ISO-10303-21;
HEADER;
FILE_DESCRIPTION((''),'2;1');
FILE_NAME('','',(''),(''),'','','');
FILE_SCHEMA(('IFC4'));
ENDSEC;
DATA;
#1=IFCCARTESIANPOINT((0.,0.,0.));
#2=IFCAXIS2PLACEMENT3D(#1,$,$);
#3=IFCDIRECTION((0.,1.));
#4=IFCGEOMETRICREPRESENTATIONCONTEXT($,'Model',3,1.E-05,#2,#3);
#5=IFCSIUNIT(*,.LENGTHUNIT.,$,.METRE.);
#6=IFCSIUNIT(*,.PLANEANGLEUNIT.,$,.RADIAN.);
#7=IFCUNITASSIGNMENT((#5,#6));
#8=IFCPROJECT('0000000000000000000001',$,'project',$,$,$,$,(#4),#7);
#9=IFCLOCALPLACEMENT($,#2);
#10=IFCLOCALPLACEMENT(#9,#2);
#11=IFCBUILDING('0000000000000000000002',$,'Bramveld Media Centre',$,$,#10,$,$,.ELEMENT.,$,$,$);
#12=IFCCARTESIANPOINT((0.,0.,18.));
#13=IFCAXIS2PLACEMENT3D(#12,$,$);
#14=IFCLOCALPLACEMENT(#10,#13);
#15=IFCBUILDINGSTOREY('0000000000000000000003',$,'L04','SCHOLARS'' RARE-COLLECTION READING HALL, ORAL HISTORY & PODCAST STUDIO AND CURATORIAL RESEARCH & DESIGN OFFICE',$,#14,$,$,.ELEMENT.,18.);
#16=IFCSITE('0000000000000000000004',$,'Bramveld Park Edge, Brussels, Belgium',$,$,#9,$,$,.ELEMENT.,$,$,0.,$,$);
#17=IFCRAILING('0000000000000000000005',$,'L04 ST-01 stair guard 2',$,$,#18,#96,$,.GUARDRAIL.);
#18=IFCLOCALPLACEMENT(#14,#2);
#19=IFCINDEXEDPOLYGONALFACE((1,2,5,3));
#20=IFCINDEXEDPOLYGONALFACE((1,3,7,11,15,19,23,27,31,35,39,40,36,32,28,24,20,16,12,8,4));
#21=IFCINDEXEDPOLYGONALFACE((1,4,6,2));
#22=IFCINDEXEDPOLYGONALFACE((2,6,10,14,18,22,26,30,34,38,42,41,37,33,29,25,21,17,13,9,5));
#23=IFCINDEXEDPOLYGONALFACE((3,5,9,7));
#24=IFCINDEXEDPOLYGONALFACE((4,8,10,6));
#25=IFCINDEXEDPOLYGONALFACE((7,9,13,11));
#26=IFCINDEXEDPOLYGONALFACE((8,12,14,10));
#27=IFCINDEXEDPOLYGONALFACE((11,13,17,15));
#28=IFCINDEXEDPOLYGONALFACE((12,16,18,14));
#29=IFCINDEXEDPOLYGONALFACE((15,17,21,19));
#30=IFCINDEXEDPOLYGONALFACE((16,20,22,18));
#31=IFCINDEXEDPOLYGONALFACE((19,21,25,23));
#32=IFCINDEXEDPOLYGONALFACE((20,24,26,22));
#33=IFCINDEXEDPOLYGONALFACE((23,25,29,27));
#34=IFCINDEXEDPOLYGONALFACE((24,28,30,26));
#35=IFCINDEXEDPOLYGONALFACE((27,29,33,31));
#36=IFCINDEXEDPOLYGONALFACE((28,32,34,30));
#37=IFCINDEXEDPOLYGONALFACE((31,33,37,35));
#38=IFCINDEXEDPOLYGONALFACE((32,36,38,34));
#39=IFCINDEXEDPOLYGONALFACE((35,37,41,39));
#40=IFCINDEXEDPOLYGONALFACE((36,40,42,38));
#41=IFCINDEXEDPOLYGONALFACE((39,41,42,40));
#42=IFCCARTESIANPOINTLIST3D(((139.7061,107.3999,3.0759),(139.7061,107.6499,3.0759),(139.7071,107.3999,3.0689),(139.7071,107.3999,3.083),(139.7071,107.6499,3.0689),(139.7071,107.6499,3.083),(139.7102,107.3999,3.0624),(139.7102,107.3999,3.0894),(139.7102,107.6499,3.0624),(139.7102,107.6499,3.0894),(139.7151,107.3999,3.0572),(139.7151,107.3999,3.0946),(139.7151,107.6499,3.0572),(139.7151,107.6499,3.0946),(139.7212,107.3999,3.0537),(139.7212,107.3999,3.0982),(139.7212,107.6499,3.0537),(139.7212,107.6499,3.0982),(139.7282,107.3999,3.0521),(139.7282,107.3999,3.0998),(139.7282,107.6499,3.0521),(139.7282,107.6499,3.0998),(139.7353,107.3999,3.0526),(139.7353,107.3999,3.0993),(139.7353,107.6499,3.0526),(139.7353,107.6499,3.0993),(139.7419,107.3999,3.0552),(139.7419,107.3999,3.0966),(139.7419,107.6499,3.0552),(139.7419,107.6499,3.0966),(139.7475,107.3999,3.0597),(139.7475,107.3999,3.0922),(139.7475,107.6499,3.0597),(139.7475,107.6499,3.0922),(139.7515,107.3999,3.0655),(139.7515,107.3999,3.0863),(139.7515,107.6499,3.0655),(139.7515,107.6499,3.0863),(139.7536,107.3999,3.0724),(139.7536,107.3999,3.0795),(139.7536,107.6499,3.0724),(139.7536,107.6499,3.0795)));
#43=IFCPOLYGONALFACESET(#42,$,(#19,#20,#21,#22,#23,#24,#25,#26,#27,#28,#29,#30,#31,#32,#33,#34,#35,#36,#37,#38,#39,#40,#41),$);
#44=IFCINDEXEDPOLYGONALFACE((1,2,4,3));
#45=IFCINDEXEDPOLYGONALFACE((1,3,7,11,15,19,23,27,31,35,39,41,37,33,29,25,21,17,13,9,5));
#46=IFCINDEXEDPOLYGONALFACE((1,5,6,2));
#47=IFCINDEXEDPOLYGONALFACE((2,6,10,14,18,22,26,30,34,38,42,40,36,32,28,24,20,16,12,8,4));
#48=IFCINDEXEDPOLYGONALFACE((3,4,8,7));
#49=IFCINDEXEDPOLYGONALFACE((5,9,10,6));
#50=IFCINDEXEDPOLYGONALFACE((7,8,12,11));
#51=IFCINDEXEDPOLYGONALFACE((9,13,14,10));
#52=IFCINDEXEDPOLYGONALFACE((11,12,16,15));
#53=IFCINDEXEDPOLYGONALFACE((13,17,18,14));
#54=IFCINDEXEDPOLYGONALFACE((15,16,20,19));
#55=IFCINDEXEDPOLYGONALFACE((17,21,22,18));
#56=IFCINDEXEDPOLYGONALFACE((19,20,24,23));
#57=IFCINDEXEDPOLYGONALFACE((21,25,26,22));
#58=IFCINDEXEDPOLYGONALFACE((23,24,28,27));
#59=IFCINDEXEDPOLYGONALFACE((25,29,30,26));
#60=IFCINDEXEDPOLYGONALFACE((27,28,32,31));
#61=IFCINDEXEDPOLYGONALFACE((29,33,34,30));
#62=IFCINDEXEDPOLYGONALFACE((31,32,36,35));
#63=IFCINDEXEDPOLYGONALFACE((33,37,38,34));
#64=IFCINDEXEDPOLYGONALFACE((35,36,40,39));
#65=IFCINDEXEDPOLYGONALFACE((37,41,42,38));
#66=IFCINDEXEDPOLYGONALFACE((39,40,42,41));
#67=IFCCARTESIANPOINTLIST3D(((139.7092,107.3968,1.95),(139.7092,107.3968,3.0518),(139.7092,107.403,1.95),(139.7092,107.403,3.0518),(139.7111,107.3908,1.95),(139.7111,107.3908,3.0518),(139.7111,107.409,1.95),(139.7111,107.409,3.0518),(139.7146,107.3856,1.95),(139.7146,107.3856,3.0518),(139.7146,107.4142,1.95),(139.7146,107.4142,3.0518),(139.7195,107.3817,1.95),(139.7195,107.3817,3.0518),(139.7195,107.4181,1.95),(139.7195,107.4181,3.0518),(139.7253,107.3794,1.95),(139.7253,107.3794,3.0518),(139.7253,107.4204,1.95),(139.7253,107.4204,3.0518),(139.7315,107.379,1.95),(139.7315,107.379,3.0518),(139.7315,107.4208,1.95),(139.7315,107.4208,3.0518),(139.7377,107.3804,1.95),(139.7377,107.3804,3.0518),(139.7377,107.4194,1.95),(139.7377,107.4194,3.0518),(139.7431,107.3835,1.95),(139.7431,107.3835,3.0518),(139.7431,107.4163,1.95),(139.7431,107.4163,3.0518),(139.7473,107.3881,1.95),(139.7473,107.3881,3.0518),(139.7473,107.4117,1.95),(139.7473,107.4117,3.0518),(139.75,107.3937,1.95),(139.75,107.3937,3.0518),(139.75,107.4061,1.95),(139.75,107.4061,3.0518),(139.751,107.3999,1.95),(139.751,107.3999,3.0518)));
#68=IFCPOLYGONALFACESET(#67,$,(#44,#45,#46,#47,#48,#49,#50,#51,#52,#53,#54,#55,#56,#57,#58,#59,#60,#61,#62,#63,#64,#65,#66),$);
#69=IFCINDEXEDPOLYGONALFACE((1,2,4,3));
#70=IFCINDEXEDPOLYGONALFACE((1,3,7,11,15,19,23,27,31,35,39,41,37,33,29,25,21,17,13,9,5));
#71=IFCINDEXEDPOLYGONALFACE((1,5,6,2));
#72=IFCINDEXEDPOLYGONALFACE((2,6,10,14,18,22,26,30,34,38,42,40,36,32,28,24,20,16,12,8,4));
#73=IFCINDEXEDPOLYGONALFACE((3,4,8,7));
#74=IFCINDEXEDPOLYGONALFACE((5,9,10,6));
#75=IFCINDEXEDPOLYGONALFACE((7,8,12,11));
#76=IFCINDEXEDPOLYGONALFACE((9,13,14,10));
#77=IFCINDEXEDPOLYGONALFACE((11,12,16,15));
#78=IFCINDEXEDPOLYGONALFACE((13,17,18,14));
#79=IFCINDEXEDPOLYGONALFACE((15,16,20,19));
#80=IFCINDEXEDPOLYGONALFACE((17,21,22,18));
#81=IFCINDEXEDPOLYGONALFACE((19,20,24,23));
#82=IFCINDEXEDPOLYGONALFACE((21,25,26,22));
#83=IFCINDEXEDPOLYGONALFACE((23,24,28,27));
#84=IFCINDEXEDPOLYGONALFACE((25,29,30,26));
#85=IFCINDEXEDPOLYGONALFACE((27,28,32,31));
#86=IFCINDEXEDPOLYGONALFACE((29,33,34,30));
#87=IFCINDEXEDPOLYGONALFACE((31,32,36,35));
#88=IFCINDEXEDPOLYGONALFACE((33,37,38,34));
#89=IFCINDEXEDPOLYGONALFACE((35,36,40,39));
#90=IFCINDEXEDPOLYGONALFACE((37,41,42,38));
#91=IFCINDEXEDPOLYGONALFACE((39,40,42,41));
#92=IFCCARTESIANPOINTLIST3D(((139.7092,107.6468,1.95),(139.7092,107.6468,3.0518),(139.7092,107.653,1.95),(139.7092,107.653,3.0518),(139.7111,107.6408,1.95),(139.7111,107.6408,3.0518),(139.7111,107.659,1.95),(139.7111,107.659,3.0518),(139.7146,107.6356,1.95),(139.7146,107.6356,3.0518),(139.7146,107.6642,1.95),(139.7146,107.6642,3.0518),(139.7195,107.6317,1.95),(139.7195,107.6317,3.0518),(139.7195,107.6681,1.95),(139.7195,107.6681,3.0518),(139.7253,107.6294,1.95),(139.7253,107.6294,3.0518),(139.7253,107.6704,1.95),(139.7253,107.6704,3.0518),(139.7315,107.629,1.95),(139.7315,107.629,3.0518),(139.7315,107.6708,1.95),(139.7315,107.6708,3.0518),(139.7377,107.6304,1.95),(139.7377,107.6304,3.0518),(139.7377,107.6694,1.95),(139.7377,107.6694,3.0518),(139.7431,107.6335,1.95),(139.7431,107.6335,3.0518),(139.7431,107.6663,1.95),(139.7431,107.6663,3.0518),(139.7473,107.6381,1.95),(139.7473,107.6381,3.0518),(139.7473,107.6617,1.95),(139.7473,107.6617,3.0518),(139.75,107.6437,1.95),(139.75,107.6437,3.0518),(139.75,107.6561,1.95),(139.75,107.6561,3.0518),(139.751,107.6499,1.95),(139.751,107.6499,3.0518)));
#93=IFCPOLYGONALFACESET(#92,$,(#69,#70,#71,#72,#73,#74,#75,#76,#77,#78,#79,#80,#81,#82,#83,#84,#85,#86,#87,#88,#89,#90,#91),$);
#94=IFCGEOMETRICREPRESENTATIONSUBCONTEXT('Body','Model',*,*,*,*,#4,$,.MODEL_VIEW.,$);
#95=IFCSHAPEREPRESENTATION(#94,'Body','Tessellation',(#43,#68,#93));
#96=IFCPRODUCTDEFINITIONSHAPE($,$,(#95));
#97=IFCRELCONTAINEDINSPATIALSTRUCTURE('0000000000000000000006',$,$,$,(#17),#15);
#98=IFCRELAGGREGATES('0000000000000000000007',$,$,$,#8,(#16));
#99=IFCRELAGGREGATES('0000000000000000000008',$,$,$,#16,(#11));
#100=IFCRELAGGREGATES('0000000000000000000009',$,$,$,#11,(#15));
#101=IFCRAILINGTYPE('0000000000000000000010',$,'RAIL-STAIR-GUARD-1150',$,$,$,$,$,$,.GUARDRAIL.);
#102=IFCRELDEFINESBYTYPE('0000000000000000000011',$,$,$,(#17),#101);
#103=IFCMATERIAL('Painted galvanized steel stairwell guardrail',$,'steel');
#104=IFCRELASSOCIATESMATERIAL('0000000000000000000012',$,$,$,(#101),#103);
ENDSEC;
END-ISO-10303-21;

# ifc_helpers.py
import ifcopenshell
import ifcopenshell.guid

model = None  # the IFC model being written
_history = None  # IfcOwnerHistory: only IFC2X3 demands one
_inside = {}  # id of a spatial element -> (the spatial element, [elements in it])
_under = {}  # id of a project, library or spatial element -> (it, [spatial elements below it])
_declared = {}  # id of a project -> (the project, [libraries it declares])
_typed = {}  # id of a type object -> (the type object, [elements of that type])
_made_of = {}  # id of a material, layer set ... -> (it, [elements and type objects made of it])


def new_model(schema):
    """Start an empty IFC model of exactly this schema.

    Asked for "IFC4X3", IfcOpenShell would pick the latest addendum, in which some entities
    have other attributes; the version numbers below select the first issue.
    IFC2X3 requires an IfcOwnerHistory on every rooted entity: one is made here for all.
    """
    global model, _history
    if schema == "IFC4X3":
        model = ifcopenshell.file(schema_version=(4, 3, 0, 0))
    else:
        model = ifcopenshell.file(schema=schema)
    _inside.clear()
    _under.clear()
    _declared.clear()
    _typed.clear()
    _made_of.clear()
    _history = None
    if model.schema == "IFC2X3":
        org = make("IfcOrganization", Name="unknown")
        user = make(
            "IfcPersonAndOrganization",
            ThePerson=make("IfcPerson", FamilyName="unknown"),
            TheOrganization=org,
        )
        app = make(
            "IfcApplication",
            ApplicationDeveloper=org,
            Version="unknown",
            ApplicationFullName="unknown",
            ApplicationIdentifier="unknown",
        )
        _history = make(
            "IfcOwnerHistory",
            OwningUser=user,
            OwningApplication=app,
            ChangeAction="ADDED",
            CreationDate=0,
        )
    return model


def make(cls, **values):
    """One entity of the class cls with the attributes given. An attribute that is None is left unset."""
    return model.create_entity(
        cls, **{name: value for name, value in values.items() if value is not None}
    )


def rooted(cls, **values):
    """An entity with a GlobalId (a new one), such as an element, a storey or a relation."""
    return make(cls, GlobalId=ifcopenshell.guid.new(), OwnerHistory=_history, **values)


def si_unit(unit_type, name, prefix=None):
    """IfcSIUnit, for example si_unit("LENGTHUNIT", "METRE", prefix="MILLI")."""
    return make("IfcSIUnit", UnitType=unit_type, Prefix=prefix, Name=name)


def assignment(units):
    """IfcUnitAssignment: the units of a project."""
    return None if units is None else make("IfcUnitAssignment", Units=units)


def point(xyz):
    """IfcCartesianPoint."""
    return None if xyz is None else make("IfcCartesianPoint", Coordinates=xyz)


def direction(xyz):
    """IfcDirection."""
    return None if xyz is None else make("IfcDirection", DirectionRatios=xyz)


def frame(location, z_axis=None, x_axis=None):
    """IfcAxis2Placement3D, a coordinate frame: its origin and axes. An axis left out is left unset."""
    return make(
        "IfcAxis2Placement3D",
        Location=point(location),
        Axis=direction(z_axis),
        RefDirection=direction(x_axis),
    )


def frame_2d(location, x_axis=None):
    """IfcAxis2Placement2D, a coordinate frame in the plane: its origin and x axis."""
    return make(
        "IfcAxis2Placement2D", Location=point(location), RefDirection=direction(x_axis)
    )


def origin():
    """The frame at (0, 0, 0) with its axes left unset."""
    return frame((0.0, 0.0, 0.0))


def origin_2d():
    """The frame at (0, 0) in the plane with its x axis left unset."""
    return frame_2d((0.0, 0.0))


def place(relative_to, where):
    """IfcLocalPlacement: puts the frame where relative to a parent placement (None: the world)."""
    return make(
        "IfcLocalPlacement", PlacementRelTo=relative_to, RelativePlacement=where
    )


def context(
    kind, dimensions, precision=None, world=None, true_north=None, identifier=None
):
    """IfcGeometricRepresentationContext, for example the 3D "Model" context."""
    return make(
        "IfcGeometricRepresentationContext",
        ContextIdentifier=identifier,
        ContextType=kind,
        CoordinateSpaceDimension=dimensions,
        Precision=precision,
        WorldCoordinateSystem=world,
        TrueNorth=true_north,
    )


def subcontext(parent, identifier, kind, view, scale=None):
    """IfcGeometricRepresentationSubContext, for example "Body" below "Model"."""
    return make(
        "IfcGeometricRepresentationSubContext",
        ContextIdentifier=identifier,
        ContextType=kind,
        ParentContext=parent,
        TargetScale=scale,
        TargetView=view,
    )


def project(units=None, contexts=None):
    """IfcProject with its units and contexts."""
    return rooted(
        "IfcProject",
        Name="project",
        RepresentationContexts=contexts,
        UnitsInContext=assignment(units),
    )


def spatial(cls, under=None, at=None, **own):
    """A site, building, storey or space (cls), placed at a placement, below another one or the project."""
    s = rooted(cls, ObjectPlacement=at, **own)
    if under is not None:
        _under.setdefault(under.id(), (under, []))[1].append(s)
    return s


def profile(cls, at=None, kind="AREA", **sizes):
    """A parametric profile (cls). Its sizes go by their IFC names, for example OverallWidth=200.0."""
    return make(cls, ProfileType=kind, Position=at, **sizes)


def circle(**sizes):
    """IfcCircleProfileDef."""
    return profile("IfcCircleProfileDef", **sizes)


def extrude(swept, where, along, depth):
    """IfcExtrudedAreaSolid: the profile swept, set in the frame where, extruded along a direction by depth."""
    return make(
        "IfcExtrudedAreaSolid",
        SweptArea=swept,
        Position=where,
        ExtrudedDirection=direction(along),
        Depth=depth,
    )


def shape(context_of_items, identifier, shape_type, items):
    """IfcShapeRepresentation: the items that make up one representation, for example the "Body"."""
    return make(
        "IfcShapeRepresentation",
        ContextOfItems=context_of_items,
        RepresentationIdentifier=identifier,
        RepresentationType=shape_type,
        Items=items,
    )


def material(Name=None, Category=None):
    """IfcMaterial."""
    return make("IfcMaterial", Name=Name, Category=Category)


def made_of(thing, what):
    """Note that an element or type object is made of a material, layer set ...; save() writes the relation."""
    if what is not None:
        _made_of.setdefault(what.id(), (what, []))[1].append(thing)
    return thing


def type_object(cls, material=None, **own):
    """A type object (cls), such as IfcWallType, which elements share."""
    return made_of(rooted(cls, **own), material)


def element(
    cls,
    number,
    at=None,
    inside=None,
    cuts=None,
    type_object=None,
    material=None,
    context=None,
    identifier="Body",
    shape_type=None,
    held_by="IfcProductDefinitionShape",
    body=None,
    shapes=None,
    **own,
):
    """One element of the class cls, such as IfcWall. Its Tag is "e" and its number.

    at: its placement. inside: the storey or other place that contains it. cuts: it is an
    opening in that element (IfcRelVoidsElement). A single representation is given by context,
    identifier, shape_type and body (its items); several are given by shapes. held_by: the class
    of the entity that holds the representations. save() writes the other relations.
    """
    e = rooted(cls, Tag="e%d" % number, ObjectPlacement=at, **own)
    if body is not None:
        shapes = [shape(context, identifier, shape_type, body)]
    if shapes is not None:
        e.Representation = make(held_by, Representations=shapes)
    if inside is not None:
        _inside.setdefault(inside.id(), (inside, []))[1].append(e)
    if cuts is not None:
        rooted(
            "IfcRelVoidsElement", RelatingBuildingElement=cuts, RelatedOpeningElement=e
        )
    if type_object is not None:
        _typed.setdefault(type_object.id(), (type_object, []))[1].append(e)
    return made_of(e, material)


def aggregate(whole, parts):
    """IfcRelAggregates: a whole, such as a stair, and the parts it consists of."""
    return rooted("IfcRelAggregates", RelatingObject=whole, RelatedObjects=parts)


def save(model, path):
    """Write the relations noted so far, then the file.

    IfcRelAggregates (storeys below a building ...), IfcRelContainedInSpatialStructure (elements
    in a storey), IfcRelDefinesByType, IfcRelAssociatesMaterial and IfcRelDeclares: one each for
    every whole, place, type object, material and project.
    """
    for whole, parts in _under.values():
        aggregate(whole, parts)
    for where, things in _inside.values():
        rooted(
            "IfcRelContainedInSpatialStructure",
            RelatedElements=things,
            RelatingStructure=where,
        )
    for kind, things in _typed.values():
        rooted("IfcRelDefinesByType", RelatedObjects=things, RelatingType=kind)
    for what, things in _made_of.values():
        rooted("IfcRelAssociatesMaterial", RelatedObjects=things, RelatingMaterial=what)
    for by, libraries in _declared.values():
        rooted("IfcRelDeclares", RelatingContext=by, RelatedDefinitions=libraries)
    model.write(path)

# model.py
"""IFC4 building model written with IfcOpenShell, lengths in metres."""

from ifc_helpers import new_model, si_unit, direction, frame, origin, origin_2d, place, context, subcontext, project, spatial, circle, extrude, material, type_object, element, save


model = new_model("IFC4")

# Units and contexts
model_context = context("Model", 3, precision=1e-05, world=origin(), true_north=direction((0.0, 1.0)))
body_context = subcontext(model_context, "Body", "Model", "MODEL_VIEW")
ifc_project = project(units=[si_unit("LENGTHUNIT", "METRE"), si_unit("PLANEANGLEUNIT", "RADIAN")], contexts=[model_context])

# Site, building, storey
site_placement = place(None, origin())
site = spatial("IfcSite", under=ifc_project, at=site_placement, Name="Bramveld Park Edge, Brussels, Belgium", CompositionType="ELEMENT", RefElevation=0.0)
building_placement = place(site_placement, origin())
building = spatial("IfcBuilding", under=site, at=building_placement, Name="Bramveld Media Centre", CompositionType="ELEMENT")
storey_placement = place(building_placement, frame((0.0, 0.0, 18.0)))
storey = spatial("IfcBuildingStorey", under=building, at=storey_placement, Name="L04", Description="SCHOLARS' RARE-COLLECTION READING HALL, ORAL HISTORY & PODCAST STUDIO AND CURATORIAL RESEARCH & DESIGN OFFICE", CompositionType="ELEMENT", Elevation=18.0)

# Railing
ifc_material_1 = material(Name="Painted galvanized steel stairwell guardrail", Category="steel")
railing_type_1 = type_object("IfcRailingType", Name="RAIL-STAIR-GUARD-1150", PredefinedType="GUARDRAIL", material=ifc_material_1)
railing_1_placement = place(storey_placement, frame((139.73, 107.3999, 1.95)))
element("IfcRailing", 1, at=railing_1_placement, inside=storey, type_object=railing_type_1, Name="L04 ST-01 stair guard 2", PredefinedType="GUARDRAIL", context=body_context, shape_type="SweptSolid", body=[
    extrude(circle(Radius=0.0239, at=origin_2d()), frame((0.0, 0.0, 1.126), z_axis=(0.0, 1.0, 0.0), x_axis=(-1.0, 0.0, 0.0)), (0.0, 0.0, 1.0), 0.25),
    extrude(circle(Radius=0.021, at=origin_2d()), origin(), (0.0, 0.0, 1.0), 1.1018),
    extrude(circle(Radius=0.021, at=origin_2d()), frame((0.0, 0.25, 0.0)), (0.0, 0.0, 1.0), 1.1018),
])

save(model, "model.ifc")
